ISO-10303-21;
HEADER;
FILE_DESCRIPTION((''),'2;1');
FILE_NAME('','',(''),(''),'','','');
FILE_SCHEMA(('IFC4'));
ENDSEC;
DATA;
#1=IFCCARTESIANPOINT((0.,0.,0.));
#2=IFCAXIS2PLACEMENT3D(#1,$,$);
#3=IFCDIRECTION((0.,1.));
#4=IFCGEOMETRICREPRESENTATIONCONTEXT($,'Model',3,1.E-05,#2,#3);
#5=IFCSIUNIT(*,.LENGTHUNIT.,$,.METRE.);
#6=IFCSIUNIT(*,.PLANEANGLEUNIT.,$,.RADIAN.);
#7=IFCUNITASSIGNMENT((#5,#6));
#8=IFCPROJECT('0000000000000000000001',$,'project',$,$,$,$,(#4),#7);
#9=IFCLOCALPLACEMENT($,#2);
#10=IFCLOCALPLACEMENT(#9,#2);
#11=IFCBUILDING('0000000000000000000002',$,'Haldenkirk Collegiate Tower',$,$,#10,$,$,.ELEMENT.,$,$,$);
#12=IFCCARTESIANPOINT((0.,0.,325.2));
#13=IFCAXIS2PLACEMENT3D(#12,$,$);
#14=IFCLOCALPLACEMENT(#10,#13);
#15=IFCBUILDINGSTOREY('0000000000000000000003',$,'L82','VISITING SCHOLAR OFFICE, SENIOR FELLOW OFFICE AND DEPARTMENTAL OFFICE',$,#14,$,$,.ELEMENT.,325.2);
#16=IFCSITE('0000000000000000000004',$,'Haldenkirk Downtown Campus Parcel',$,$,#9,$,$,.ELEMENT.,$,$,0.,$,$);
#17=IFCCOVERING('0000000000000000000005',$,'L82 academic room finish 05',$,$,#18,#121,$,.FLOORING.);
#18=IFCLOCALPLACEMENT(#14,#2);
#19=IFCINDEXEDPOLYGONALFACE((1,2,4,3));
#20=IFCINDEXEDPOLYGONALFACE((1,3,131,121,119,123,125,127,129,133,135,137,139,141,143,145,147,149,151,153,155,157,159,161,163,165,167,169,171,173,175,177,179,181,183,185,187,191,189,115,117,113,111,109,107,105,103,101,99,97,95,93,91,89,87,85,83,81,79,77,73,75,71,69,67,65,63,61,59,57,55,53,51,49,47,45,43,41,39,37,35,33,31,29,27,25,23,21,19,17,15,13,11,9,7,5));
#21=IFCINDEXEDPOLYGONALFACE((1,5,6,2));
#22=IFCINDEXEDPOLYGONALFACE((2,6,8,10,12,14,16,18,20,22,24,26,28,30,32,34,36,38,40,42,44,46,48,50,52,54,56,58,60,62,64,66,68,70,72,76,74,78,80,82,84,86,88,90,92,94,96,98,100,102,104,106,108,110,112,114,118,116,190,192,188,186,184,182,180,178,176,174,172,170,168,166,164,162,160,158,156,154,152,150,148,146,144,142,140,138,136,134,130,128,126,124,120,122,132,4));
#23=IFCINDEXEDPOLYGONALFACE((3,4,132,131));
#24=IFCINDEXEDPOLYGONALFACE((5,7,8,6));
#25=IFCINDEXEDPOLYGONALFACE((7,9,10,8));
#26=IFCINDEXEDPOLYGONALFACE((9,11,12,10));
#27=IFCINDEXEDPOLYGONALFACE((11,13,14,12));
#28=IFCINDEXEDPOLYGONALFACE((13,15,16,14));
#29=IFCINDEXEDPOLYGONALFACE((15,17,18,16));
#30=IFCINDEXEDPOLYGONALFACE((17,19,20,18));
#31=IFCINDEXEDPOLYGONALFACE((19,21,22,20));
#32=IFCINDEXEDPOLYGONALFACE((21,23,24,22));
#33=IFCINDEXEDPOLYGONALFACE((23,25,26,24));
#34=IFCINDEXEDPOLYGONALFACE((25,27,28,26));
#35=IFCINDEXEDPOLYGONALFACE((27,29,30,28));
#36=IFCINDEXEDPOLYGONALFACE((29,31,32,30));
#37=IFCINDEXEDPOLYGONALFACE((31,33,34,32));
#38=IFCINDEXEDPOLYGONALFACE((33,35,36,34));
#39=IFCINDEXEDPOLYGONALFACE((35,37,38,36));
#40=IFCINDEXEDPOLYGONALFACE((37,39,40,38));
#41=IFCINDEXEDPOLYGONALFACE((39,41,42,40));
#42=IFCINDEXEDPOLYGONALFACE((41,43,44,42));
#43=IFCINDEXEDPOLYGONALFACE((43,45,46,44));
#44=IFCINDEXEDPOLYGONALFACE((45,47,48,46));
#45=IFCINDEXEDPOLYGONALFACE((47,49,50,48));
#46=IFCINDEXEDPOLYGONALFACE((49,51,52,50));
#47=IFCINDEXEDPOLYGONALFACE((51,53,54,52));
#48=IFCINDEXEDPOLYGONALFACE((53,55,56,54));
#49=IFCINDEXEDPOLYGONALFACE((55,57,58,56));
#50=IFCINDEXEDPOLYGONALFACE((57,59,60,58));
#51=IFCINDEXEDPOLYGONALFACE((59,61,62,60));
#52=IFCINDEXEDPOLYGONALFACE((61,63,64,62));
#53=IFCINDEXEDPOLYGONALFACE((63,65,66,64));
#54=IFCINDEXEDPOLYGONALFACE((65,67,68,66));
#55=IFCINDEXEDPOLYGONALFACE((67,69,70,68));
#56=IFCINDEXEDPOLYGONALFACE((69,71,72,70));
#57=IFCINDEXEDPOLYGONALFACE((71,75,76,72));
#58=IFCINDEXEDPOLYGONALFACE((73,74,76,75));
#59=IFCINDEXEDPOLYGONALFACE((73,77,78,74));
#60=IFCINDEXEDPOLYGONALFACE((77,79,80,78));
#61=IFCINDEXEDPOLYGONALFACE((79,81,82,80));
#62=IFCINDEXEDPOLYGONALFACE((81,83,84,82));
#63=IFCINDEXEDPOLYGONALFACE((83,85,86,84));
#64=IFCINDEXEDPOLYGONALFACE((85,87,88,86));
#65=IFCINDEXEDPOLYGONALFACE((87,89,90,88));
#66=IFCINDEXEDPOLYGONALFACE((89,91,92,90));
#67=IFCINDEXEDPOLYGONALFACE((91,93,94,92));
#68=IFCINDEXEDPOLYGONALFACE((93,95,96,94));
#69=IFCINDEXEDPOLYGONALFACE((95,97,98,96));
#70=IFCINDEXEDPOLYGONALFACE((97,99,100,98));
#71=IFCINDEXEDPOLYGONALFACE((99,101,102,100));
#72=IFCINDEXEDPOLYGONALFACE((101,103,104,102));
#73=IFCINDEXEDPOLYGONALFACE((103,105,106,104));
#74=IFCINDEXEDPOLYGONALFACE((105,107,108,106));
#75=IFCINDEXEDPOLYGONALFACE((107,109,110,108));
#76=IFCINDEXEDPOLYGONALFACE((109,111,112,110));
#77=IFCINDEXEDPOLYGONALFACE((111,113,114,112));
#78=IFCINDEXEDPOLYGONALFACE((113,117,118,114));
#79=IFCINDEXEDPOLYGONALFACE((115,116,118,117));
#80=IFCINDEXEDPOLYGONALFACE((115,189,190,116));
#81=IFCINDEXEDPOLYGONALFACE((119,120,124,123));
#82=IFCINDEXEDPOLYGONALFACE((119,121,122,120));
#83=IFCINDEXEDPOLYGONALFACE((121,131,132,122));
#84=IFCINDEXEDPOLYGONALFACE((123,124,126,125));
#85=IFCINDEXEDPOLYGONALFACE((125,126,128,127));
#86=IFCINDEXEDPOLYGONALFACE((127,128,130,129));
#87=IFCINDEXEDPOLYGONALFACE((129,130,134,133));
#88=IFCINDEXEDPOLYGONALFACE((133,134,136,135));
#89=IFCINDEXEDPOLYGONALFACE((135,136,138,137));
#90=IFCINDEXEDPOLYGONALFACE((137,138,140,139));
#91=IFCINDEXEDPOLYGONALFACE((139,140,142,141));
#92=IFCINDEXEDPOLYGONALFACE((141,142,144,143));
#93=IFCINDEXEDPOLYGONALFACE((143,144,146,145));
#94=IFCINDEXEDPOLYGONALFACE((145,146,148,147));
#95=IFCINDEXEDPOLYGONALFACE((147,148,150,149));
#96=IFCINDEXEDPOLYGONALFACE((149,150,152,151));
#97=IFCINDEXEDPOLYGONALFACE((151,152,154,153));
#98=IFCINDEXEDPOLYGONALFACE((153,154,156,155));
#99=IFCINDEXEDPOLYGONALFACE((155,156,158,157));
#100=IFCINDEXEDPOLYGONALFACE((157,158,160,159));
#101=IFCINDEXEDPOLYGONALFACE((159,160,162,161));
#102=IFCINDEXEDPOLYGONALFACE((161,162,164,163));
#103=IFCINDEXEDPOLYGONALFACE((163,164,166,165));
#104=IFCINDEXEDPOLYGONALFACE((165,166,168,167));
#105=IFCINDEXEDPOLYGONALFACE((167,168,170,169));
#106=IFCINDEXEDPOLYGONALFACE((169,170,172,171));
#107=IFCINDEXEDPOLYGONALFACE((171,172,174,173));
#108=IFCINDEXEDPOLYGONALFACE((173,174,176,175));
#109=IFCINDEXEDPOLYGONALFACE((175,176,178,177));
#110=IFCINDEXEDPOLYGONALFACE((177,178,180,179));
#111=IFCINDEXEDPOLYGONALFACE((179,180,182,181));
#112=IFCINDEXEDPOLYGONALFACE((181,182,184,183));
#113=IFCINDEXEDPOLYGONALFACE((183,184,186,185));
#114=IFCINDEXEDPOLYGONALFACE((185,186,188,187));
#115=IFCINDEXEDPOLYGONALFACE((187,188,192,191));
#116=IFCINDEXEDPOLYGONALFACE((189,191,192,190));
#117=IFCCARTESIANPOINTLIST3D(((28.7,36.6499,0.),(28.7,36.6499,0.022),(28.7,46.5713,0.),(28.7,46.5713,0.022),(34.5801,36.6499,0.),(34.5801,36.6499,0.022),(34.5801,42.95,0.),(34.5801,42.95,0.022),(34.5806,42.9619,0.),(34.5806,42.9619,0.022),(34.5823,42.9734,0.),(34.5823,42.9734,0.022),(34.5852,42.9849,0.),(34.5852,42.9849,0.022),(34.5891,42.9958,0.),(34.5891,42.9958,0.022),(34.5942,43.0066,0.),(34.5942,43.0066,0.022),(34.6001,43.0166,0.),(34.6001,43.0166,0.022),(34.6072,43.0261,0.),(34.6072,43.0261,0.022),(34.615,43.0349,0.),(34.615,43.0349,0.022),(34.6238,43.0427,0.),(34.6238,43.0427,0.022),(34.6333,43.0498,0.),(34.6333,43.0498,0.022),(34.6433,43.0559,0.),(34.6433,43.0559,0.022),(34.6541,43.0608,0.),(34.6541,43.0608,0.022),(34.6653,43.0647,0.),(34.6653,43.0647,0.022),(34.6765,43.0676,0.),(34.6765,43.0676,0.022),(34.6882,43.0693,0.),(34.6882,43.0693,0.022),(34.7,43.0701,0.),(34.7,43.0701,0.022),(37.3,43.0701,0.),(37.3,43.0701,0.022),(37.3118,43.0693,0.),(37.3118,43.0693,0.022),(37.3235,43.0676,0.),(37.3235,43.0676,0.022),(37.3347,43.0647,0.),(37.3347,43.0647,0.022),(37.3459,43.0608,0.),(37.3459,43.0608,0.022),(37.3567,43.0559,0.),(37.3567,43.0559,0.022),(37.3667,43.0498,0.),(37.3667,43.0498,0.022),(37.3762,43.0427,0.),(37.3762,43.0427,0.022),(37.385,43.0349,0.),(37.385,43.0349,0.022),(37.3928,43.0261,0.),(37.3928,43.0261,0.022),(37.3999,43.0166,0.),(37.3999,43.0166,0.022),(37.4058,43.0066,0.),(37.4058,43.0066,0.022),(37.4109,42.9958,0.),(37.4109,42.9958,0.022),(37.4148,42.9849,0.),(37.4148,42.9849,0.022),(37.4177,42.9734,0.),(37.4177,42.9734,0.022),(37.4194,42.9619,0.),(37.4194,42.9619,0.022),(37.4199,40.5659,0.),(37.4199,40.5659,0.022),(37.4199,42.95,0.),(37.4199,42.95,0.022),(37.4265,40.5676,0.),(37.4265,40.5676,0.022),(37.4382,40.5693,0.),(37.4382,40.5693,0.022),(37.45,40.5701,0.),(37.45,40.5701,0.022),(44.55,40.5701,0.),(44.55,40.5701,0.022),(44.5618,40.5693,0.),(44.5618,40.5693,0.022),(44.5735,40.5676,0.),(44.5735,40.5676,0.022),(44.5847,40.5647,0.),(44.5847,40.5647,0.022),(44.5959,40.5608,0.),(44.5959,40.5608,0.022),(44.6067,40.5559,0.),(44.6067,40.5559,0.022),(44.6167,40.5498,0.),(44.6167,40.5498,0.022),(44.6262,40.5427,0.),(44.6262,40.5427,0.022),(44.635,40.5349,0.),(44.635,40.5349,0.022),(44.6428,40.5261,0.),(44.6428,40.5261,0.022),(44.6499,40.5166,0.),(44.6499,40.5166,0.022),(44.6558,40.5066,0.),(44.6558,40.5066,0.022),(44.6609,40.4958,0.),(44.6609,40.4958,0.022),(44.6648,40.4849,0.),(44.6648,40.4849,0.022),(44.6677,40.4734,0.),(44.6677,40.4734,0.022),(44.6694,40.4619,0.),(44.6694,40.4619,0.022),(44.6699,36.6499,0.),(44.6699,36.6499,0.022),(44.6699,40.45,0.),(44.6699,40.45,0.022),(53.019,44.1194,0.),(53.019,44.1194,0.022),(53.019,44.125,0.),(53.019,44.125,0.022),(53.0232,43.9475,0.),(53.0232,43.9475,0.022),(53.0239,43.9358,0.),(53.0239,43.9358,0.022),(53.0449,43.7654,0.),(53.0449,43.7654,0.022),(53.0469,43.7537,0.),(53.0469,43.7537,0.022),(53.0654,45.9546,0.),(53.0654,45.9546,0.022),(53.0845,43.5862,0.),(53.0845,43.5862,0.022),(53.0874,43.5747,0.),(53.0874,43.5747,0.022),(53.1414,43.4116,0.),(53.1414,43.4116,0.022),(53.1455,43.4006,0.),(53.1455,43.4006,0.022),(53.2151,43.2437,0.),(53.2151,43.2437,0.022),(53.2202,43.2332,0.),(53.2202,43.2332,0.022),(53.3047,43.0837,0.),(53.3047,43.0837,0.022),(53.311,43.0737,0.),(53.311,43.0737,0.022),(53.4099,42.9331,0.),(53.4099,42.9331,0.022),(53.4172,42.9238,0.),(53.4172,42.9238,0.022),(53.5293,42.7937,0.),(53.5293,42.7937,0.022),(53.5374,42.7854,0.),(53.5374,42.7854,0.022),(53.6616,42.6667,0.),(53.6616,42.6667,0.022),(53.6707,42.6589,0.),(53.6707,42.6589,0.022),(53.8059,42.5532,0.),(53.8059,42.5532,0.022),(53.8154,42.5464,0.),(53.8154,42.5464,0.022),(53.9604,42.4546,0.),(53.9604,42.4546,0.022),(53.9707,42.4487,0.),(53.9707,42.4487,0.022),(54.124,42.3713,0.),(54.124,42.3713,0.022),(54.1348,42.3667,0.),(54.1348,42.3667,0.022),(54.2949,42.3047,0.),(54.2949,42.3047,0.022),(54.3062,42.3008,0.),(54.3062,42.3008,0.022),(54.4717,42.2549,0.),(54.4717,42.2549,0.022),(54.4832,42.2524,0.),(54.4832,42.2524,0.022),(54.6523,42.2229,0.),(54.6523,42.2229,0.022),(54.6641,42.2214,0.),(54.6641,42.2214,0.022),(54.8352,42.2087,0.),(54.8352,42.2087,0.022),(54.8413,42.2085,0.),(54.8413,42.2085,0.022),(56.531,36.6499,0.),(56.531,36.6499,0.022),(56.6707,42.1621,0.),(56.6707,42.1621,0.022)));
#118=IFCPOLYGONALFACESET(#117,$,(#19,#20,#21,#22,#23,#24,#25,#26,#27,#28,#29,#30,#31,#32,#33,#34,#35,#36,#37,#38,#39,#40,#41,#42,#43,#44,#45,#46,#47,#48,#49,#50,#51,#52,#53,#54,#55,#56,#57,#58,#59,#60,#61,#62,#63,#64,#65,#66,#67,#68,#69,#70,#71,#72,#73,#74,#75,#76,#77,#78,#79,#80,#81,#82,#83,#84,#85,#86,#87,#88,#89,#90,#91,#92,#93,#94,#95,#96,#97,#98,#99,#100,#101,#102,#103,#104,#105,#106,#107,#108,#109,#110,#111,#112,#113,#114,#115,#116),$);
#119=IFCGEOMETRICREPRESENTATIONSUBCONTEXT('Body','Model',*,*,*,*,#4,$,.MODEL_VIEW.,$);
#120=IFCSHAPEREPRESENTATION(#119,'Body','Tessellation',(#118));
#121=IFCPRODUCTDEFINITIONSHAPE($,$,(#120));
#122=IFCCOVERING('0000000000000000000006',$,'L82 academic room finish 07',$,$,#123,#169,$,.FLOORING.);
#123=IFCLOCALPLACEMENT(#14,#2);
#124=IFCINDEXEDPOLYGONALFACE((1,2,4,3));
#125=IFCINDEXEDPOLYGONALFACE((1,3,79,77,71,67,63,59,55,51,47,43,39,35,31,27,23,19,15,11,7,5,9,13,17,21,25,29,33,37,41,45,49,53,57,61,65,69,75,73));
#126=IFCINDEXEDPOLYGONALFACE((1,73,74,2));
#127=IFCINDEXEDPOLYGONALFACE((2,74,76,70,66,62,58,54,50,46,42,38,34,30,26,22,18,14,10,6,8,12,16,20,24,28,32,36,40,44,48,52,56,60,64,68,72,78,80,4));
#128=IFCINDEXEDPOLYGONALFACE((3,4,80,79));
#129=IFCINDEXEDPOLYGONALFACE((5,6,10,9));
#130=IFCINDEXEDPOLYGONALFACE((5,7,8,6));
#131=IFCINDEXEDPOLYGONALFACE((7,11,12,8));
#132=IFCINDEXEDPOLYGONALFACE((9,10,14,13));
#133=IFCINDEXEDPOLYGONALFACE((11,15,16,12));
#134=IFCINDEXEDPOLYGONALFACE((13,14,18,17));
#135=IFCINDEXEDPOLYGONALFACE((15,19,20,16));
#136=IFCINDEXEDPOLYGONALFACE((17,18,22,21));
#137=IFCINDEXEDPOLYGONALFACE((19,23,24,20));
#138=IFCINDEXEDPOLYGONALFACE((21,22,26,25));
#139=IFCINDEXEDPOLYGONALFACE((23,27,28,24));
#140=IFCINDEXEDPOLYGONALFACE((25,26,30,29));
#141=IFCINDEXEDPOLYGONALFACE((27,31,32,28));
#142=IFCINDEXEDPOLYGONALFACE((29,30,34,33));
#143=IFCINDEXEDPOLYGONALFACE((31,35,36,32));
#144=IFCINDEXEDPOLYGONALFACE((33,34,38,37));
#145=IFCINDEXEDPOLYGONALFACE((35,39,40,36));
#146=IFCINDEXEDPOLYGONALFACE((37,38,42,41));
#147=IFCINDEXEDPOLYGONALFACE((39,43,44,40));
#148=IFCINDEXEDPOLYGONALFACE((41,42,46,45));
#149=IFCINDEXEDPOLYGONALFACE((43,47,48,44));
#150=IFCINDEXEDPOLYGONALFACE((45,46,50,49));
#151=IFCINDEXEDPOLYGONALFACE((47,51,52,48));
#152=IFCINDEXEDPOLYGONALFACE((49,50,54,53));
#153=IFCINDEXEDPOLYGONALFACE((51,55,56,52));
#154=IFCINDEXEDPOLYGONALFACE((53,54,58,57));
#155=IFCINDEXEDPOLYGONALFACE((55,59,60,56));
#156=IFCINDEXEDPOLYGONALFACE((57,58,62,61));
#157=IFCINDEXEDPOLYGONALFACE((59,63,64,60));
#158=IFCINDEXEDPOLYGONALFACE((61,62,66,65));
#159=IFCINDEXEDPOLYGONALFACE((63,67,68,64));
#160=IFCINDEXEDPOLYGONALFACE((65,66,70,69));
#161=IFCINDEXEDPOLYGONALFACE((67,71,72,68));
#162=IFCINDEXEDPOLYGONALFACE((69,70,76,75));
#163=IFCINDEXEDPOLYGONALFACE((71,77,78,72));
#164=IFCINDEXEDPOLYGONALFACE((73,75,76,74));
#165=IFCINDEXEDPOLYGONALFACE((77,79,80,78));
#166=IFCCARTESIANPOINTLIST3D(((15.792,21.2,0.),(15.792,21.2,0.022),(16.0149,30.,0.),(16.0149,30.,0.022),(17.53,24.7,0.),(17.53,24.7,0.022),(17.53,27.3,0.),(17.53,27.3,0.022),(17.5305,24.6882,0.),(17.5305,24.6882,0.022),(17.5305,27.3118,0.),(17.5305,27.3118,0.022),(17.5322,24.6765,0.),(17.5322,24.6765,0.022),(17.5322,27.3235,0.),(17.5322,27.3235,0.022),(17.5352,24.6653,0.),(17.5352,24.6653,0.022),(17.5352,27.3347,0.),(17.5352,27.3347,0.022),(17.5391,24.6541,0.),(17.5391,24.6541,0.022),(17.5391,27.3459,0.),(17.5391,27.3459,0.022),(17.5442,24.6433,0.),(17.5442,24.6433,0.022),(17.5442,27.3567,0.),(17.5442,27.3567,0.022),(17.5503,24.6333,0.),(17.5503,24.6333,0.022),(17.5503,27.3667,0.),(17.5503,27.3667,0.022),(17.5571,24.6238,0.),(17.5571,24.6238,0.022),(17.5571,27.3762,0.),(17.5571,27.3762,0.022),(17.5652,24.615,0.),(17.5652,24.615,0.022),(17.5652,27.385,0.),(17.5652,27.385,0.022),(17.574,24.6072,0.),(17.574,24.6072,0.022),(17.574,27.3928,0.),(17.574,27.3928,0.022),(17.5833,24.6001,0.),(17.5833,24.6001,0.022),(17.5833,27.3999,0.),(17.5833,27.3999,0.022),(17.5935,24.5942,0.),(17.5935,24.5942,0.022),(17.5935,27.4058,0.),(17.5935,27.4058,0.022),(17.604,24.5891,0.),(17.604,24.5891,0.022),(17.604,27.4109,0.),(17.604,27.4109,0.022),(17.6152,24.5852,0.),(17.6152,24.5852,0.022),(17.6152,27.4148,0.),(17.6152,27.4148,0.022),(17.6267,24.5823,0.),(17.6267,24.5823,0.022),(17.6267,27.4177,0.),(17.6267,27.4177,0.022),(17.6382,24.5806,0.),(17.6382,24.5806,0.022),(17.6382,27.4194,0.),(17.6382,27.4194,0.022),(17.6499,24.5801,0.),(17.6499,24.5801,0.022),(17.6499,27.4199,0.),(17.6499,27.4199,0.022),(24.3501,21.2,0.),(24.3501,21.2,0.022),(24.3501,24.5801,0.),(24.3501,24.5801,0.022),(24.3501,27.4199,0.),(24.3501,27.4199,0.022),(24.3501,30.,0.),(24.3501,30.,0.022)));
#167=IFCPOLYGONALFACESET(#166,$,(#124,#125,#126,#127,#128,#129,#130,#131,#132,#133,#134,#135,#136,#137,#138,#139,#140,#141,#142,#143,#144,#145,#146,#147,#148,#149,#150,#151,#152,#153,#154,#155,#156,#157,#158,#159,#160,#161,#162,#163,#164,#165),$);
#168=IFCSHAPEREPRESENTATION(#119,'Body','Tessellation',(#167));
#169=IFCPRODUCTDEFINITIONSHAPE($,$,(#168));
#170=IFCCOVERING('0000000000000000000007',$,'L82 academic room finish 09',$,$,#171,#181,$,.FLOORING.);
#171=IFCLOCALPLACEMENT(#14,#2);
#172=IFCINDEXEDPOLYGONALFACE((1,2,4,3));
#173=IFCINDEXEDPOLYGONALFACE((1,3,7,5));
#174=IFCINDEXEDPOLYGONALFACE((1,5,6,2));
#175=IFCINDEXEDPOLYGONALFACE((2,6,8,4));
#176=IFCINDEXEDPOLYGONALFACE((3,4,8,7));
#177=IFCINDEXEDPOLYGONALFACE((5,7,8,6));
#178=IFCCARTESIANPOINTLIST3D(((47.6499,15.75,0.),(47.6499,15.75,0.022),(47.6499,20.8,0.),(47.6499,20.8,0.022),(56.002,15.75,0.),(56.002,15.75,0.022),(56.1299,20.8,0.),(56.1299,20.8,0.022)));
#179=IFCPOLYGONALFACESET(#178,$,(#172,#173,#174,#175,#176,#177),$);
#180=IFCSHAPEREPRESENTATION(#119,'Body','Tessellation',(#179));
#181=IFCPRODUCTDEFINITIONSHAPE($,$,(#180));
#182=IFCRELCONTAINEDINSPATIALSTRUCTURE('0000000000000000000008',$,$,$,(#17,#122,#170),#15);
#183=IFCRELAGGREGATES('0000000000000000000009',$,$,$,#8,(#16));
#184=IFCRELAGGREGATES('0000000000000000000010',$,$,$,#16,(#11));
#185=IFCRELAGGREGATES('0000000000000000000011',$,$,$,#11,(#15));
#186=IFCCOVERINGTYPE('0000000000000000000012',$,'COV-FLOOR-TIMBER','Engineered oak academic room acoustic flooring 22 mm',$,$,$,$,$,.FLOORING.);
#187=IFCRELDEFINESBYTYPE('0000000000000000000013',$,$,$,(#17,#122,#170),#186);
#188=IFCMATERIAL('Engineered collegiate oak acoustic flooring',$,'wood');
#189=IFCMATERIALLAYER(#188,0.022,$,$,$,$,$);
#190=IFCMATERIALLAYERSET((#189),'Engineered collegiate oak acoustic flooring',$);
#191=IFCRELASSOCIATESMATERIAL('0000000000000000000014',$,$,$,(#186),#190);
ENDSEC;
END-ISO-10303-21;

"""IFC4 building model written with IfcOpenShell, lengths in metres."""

from ifc_helpers import new_model, si_unit, direction, frame, origin, place, context, subcontext, project, spatial, polyline, outline, extrude, material, layer, layer_set, type_object, element, save


model = new_model("IFC4")

# Units and contexts
model_context = context("Model", 3, precision=1e-05, world=origin(), true_north=direction((0.0, 1.0)))
body_context = subcontext(model_context, "Body", "Model", "MODEL_VIEW")
ifc_project = project(units=[si_unit("LENGTHUNIT", "METRE"), si_unit("PLANEANGLEUNIT", "RADIAN")], contexts=[model_context])

# Site, building, storey
site_placement = place(None, origin())
site = spatial("IfcSite", under=ifc_project, at=site_placement, Name="Haldenkirk Downtown Campus Parcel", CompositionType="ELEMENT", RefElevation=0.0)
building_placement = place(site_placement, origin())
building = spatial("IfcBuilding", under=site, at=building_placement, Name="Haldenkirk Collegiate Tower", CompositionType="ELEMENT")
storey_placement = place(building_placement, frame((0.0, 0.0, 325.2)))
storey = spatial("IfcBuildingStorey", under=building, at=storey_placement, Name="L82", Description="VISITING SCHOLAR OFFICE, SENIOR FELLOW OFFICE AND DEPARTMENTAL OFFICE", CompositionType="ELEMENT", Elevation=325.2)

# Coverings
ifc_material_1 = material(Name="Engineered collegiate oak acoustic flooring", Category="wood")
ifc_layer_1 = layer(ifc_material_1, 0.022)
ifc_layer_set_1 = layer_set([ifc_layer_1], Name="Engineered collegiate oak acoustic flooring")
covering_type_1 = type_object("IfcCoveringType", Name="COV-FLOOR-TIMBER", Description="Engineered oak academic room acoustic flooring 22 mm", PredefinedType="FLOORING", material=ifc_layer_set_1)
covering_1_placement = place(storey_placement, origin())
element("IfcCovering", 1, at=covering_1_placement, inside=storey, type_object=covering_type_1, Name="L82 academic room finish 05", PredefinedType="FLOORING", context=body_context, shape_type="SweptSolid", body=[
    extrude(outline(polyline([(37.4199, 40.5659), (37.4199, 42.95), (37.4194, 42.9619), (37.4177, 42.9734), (37.4148, 42.9849), (37.4109, 42.9958), (37.4058, 43.0066), (37.3999, 43.0166), (37.3928, 43.0261), (37.385, 43.0349), (37.3762, 43.0427), (37.3667, 43.0498), (37.3567, 43.0559), (37.3459, 43.0608), (37.3347, 43.0647), (37.3235, 43.0676), (37.3118, 43.0693), (37.3, 43.0701), (34.7, 43.0701), (34.6882, 43.0693), (34.6765, 43.0676), (34.6653, 43.0647), (34.6541, 43.0608), (34.6433, 43.0559), (34.6333, 43.0498), (34.6238, 43.0427), (34.615, 43.0349), (34.6072, 43.0261), (34.6001, 43.0166), (34.5942, 43.0066), (34.5891, 42.9958), (34.5852, 42.9849), (34.5823, 42.9734), (34.5806, 42.9619), (34.5801, 42.95), (34.5801, 36.6499), (28.7, 36.6499), (28.7, 46.5713), (53.0654, 45.9546), (53.019, 44.125), (53.019, 44.1194), (53.0232, 43.9475), (53.0239, 43.9358), (53.0449, 43.7654), (53.0469, 43.7537), (53.0845, 43.5862), (53.0874, 43.5747), (53.1414, 43.4116), (53.1455, 43.4006), (53.2151, 43.2437), (53.2202, 43.2332), (53.3047, 43.0837), (53.311, 43.0737), (53.4099, 42.9331), (53.4172, 42.9238), (53.5293, 42.7937), (53.5374, 42.7854), (53.6616, 42.6667), (53.6707, 42.6589), (53.8059, 42.5532), (53.8154, 42.5464), (53.9604, 42.4546), (53.9707, 42.4487), (54.124, 42.3713), (54.1348, 42.3667), (54.2949, 42.3047), (54.3062, 42.3008), (54.4717, 42.2549), (54.4832, 42.2524), (54.6523, 42.2229), (54.6641, 42.2214), (54.8352, 42.2087), (54.8413, 42.2085), (56.6707, 42.1621), (56.531, 36.6499), (44.6699, 36.6499), (44.6699, 40.45), (44.6694, 40.4619), (44.6677, 40.4734), (44.6648, 40.4849), (44.6609, 40.4958), (44.6558, 40.5066), (44.6499, 40.5166), (44.6428, 40.5261), (44.635, 40.5349), (44.6262, 40.5427), (44.6167, 40.5498), (44.6067, 40.5559), (44.5959, 40.5608), (44.5847, 40.5647), (44.5735, 40.5676), (44.5618, 40.5693), (44.55, 40.5701), (37.45, 40.5701), (37.4382, 40.5693), (37.4265, 40.5676), (37.4199, 40.5659)])), origin(), (0.0, 0.0, 1.0), 0.022),
])
covering_2_placement = place(storey_placement, origin())
element("IfcCovering", 2, at=covering_2_placement, inside=storey, type_object=covering_type_1, Name="L82 academic room finish 07", PredefinedType="FLOORING", context=body_context, shape_type="SweptSolid", body=[
    extrude(outline(polyline([(17.6499, 27.4199), (17.6382, 27.4194), (17.6267, 27.4177), (17.6152, 27.4148), (17.604, 27.4109), (17.5935, 27.4058), (17.5833, 27.3999), (17.574, 27.3928), (17.5652, 27.385), (17.5571, 27.3762), (17.5503, 27.3667), (17.5442, 27.3567), (17.5391, 27.3459), (17.5352, 27.3347), (17.5322, 27.3235), (17.5305, 27.3118), (17.53, 27.3), (17.53, 24.7), (17.5305, 24.6882), (17.5322, 24.6765), (17.5352, 24.6653), (17.5391, 24.6541), (17.5442, 24.6433), (17.5503, 24.6333), (17.5571, 24.6238), (17.5652, 24.615), (17.574, 24.6072), (17.5833, 24.6001), (17.5935, 24.5942), (17.604, 24.5891), (17.6152, 24.5852), (17.6267, 24.5823), (17.6382, 24.5806), (17.6499, 24.5801), (24.3501, 24.5801), (24.3501, 21.2), (15.792, 21.2), (16.0149, 30.0), (24.3501, 30.0), (24.3501, 27.4199), (17.6499, 27.4199)])), origin(), (0.0, 0.0, 1.0), 0.022),
])
covering_3_placement = place(storey_placement, origin())
element("IfcCovering", 3, at=covering_3_placement, inside=storey, type_object=covering_type_1, Name="L82 academic room finish 09", PredefinedType="FLOORING", context=body_context, shape_type="SweptSolid", body=[
    extrude(outline(polyline([(56.002, 15.75), (47.6499, 15.75), (47.6499, 20.8), (56.1299, 20.8), (56.002, 15.75)])), origin(), (0.0, 0.0, 1.0), 0.022),
])

save(model, "model.ifc")
